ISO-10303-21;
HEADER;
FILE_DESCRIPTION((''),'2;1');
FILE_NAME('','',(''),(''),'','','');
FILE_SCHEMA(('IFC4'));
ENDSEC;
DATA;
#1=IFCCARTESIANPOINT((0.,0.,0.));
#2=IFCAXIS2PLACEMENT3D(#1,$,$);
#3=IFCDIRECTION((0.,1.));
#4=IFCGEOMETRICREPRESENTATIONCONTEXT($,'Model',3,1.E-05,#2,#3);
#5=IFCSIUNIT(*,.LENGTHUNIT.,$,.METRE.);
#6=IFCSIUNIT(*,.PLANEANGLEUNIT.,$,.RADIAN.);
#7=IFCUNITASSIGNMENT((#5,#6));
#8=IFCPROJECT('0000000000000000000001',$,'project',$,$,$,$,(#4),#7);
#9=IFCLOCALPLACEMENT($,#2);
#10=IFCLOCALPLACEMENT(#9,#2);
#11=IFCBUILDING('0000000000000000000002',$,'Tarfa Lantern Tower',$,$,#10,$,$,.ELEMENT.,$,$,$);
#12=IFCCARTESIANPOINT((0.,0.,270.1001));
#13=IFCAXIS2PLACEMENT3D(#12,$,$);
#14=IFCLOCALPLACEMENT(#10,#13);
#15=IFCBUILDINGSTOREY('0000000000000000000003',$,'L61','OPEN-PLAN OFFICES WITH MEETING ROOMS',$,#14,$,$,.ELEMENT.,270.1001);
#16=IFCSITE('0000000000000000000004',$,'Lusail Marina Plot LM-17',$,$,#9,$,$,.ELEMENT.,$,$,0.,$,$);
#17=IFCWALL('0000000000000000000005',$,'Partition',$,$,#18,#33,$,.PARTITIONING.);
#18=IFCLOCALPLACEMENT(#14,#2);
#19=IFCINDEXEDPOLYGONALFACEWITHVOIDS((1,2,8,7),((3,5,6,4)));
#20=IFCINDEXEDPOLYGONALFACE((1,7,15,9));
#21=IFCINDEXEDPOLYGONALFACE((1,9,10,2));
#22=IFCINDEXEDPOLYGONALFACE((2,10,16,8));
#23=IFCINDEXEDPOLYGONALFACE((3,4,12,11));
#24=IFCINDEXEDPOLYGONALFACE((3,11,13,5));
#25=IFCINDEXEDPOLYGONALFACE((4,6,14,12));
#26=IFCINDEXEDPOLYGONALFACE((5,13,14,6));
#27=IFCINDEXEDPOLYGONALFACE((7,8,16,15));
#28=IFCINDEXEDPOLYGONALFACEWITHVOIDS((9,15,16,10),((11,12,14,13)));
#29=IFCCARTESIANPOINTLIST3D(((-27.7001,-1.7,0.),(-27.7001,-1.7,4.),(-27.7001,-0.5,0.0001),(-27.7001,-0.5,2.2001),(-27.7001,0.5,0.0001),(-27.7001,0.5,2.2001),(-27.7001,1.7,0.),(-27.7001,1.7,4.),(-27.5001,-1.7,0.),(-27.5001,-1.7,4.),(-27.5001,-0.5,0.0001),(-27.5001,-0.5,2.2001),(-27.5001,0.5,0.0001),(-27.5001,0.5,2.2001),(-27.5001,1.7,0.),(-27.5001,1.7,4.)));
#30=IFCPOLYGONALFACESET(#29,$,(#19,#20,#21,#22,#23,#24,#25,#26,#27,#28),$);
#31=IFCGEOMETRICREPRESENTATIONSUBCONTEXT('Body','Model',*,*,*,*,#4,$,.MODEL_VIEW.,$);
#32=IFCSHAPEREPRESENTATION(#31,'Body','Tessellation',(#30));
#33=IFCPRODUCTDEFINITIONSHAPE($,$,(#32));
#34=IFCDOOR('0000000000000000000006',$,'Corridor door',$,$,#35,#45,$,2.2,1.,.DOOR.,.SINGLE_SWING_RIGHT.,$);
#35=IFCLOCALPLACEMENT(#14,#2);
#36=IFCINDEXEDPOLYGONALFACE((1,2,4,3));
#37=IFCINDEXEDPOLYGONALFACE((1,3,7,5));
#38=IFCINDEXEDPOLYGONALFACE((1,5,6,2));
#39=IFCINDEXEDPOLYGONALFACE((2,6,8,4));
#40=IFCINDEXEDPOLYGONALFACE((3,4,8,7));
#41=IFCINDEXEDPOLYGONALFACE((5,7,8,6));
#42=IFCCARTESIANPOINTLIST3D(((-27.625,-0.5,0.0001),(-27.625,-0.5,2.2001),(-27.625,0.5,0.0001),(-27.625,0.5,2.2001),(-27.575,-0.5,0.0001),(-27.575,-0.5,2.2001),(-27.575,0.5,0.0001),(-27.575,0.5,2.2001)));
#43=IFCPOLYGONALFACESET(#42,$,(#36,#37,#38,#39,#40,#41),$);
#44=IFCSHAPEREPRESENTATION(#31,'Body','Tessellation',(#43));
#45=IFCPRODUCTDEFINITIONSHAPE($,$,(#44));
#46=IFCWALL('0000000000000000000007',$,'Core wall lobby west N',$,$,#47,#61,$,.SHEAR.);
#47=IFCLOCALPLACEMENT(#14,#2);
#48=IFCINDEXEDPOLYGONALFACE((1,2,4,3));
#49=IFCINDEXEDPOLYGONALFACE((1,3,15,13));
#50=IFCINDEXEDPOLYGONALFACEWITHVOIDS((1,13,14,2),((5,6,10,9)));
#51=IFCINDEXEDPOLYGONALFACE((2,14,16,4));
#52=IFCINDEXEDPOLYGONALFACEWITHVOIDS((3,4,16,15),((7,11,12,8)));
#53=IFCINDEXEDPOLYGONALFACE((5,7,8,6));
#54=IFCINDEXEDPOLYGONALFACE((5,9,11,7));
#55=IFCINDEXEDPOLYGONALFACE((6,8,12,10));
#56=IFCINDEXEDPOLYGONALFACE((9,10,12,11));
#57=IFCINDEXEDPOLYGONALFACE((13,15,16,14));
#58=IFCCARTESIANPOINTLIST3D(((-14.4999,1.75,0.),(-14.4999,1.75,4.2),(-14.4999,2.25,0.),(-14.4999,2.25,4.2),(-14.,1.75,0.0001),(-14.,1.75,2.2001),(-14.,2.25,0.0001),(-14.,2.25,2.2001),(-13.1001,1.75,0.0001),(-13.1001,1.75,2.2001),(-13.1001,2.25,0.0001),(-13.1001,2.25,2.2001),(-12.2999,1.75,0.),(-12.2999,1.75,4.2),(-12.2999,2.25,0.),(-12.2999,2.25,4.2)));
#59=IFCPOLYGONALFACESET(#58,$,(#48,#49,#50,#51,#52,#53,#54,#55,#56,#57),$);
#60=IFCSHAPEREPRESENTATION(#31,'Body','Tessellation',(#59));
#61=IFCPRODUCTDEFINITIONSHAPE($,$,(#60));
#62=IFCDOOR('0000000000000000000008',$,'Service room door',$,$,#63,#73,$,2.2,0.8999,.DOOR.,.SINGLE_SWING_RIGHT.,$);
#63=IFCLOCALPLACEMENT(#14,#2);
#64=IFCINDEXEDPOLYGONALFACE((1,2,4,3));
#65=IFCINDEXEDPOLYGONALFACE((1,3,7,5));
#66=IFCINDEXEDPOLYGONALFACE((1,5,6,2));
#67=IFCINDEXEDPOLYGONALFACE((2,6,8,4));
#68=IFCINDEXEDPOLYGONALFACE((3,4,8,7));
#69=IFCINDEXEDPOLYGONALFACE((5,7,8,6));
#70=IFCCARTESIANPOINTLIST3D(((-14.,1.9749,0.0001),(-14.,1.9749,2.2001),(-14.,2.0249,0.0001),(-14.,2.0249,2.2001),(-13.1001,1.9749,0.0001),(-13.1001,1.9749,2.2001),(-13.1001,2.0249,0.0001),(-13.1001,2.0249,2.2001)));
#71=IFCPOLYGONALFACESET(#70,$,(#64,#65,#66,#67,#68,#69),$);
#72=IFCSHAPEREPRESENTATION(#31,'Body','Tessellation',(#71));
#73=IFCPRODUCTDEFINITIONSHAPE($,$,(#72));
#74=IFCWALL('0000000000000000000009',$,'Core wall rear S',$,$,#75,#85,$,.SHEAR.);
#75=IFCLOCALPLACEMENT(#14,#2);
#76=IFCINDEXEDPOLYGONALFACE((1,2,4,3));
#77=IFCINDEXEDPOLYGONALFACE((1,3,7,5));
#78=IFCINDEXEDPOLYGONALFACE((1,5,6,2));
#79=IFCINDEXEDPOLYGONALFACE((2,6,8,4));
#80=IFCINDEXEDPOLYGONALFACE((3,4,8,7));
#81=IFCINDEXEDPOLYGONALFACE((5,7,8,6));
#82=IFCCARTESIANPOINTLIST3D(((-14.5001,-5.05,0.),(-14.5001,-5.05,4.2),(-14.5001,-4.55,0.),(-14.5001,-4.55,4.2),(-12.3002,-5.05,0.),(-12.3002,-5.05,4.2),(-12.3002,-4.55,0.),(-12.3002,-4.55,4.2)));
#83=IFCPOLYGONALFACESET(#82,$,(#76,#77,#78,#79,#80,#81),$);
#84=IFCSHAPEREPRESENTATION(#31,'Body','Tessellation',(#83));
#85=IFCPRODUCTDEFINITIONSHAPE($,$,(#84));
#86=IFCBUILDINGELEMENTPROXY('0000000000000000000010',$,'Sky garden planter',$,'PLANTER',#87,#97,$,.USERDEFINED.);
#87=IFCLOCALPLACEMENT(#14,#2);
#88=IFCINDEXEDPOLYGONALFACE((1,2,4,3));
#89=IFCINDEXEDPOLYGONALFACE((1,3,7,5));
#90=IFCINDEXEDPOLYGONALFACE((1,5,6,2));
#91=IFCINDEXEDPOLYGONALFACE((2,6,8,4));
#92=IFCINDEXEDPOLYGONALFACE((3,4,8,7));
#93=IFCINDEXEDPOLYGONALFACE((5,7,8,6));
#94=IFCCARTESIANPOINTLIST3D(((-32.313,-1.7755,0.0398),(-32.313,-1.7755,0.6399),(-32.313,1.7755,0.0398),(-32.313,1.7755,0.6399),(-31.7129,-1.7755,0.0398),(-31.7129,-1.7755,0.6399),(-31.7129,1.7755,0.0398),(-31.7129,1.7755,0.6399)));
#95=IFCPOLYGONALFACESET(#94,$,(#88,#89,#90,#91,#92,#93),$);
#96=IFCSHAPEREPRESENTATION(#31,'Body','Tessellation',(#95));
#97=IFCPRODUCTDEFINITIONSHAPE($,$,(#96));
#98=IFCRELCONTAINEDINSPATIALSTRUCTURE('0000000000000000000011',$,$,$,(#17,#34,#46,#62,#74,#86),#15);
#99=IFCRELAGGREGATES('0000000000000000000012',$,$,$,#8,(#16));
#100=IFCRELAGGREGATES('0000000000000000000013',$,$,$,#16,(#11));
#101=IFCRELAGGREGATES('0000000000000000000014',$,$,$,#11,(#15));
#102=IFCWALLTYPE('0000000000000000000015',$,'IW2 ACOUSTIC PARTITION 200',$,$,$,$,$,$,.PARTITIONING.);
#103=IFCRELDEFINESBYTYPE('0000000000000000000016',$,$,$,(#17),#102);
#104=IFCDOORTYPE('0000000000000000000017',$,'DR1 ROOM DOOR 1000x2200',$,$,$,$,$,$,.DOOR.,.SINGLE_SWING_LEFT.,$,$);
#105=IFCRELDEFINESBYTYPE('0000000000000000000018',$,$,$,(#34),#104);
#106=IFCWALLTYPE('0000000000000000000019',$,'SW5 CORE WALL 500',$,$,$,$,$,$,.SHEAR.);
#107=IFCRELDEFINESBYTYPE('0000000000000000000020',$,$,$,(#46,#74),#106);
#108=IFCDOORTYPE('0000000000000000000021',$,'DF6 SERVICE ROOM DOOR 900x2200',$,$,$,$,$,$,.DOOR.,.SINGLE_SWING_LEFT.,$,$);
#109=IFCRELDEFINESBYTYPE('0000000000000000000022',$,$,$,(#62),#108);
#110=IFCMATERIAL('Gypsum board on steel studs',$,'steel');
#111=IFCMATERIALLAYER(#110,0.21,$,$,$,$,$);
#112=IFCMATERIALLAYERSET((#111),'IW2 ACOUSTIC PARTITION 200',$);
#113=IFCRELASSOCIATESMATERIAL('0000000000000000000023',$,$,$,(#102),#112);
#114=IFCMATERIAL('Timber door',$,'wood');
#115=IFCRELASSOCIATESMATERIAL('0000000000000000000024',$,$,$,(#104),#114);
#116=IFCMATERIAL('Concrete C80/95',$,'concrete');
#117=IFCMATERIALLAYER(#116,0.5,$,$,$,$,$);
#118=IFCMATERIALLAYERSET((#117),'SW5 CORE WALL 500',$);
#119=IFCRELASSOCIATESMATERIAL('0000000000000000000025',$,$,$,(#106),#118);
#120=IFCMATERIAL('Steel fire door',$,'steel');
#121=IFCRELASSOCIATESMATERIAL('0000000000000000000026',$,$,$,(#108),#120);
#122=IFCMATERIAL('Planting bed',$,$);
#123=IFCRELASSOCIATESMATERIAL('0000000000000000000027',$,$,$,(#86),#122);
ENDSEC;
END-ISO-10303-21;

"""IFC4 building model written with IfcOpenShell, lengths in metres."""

from ifc_helpers import new_model, si_unit, direction, frame, frame_2d, origin, origin_2d, place, context, subcontext, project, spatial, rectangle, extrude, material, layer, layer_set, type_object, element, fill, save


model = new_model("IFC4")

# Units and contexts
model_context = context("Model", 3, precision=1e-05, world=origin(), true_north=direction((0.0, 1.0)))
body_context = subcontext(model_context, "Body", "Model", "MODEL_VIEW")
ifc_project = project(units=[si_unit("LENGTHUNIT", "METRE"), si_unit("PLANEANGLEUNIT", "RADIAN")], contexts=[model_context])

# Site, building, storey
site_placement = place(None, origin())
site = spatial("IfcSite", under=ifc_project, at=site_placement, Name="Lusail Marina Plot LM-17", CompositionType="ELEMENT", RefElevation=0.0)
building_placement = place(site_placement, origin())
building = spatial("IfcBuilding", under=site, at=building_placement, Name="Tarfa Lantern Tower", CompositionType="ELEMENT")
storey_placement = place(building_placement, frame((0.0, 0.0, 270.1001)))
storey = spatial("IfcBuildingStorey", under=building, at=storey_placement, Name="L61", Description="OPEN-PLAN OFFICES WITH MEETING ROOMS", CompositionType="ELEMENT", Elevation=270.1001)

# Shared definitions
ifc_material_1 = material(Name="Concrete C80/95", Category="concrete")

# Walls, openings, doors
ifc_material_2 = material(Name="Gypsum board on steel studs", Category="steel")
ifc_layer_1 = layer(ifc_material_2, 0.21)
ifc_layer_set_1 = layer_set([ifc_layer_1], Name="IW2 ACOUSTIC PARTITION 200")
wall_type_1 = type_object("IfcWallType", Name="IW2 ACOUSTIC PARTITION 200", PredefinedType="PARTITIONING", material=ifc_layer_set_1)
ifc_material_3 = material(Name="Timber door", Category="wood")
door_type_1 = type_object("IfcDoorType", Name="DR1 ROOM DOOR 1000x2200", OperationType="SINGLE_SWING_LEFT", PredefinedType="DOOR", material=ifc_material_3)
wall_1_placement = place(storey_placement, frame((-27.6001, -1.7, 0.0), z_axis=(0.0, 0.0, 1.0), x_axis=(0.0, 1.0, 0.0)))
wall_1 = element("IfcWall", 1, at=wall_1_placement, inside=storey, type_object=wall_type_1, Name="Partition", PredefinedType="PARTITIONING", context=body_context, shape_type="SweptSolid", body=[
    extrude(rectangle(XDim=3.3999, YDim=0.2, at=frame_2d((1.7, 0.0))), origin(), (0.0, 0.0, 1.0), 4.0),
])
opening_1_placement = place(wall_1_placement, frame((1.2, 0.0, 0.0)))
opening_1 = element("IfcOpeningElement", 2, at=opening_1_placement, cuts=wall_1, PredefinedType="OPENING", context=body_context, shape_type="SweptSolid", body=[
    extrude(rectangle(XDim=1.0, YDim=2.2, at=frame_2d((0.5, 1.1001))), frame((0.0, 0.1099, 0.0), z_axis=(0.0, -1.0, 0.0), x_axis=(1.0, 0.0, 0.0)), (0.0, 0.0, 1.0), 0.22),
])
door_1_placement = place(opening_1_placement, origin())
door_1 = element("IfcDoor", 3, at=door_1_placement, inside=storey, type_object=door_type_1, Name="Corridor door", OperationType="SINGLE_SWING_RIGHT", OverallHeight=2.2, OverallWidth=1.0, PredefinedType="DOOR", context=body_context, shape_type="SweptSolid", body=[
    extrude(rectangle(XDim=1.0, YDim=2.2, at=frame_2d((0.5, 1.1001))), frame((0.0, 0.0249, 0.0), z_axis=(0.0, -1.0, 0.0), x_axis=(1.0, 0.0, 0.0)), (0.0, 0.0, 1.0), 0.05),
])
fill(opening_1, door_1)
ifc_layer_2 = layer(ifc_material_1, 0.5)
ifc_layer_set_2 = layer_set([ifc_layer_2], Name="SW5 CORE WALL 500")
wall_type_2 = type_object("IfcWallType", Name="SW5 CORE WALL 500", PredefinedType="SHEAR", material=ifc_layer_set_2)
wall_2_placement = place(storey_placement, frame((-14.5, 2.0, 0.0), z_axis=(0.0, 0.0, 1.0), x_axis=(1.0, 0.0, 0.0)))
wall_2 = element("IfcWall", 4, at=wall_2_placement, inside=storey, type_object=wall_type_2, Name="Core wall lobby west N", PredefinedType="SHEAR", context=body_context, shape_type="SweptSolid", body=[
    extrude(rectangle(XDim=2.2, YDim=0.5, at=frame_2d((1.1001, 0.0))), origin(), (0.0, 0.0, 1.0), 4.2),
])
opening_2_placement = place(wall_2_placement, frame((0.5, 0.0, 0.0)))
opening_2 = element("IfcOpeningElement", 5, at=opening_2_placement, cuts=wall_2, PredefinedType="OPENING", context=body_context, shape_type="SweptSolid", body=[
    extrude(rectangle(XDim=0.8999, YDim=2.2, at=frame_2d((0.45, 1.1001))), frame((0.0, 0.26, 0.0), z_axis=(0.0, -1.0, 0.0), x_axis=(1.0, 0.0, 0.0)), (0.0, 0.0, 1.0), 0.52),
])
ifc_material_4 = material(Name="Steel fire door", Category="steel")
door_type_2 = type_object("IfcDoorType", Name="DF6 SERVICE ROOM DOOR 900x2200", OperationType="SINGLE_SWING_LEFT", PredefinedType="DOOR", material=ifc_material_4)
door_2_placement = place(opening_2_placement, origin())
door_2 = element("IfcDoor", 6, at=door_2_placement, inside=storey, type_object=door_type_2, Name="Service room door", OperationType="SINGLE_SWING_RIGHT", OverallHeight=2.2, OverallWidth=0.8999, PredefinedType="DOOR", context=body_context, shape_type="SweptSolid", body=[
    extrude(rectangle(XDim=0.8999, YDim=2.2, at=frame_2d((0.45, 1.1001))), frame((0.0, 0.0249, 0.0), z_axis=(0.0, -1.0, 0.0), x_axis=(1.0, 0.0, 0.0)), (0.0, 0.0, 1.0), 0.05),
])
fill(opening_2, door_2)

# Wall
wall_3_placement = place(storey_placement, frame((-12.3, -4.8, 0.0), z_axis=(0.0, 0.0, 1.0), x_axis=(-1.0, 0.0, 0.0)))
element("IfcWall", 7, at=wall_3_placement, inside=storey, type_object=wall_type_2, Name="Core wall rear S", PredefinedType="SHEAR", context=body_context, shape_type="SweptSolid", body=[
    extrude(rectangle(XDim=2.2, YDim=0.5, at=frame_2d((1.1001, 0.0))), origin(), (0.0, 0.0, 1.0), 4.2),
])

# Building element proxy
ifc_material_5 = material(Name="Planting bed")
proxy_placement = place(storey_placement, frame((-32.0129, 0.0, 0.0398), z_axis=(0.0, 0.0, 1.0), x_axis=(0.0, -1.0, 0.0)))
element("IfcBuildingElementProxy", 8, at=proxy_placement, inside=storey, material=ifc_material_5, Name="Sky garden planter", ObjectType="PLANTER", PredefinedType="USERDEFINED", context=body_context, shape_type="SweptSolid", body=[
    extrude(rectangle(XDim=3.551, YDim=0.6001, at=origin_2d()), origin(), (0.0, 0.0, 1.0), 0.6001),
])

save(model, "model.ifc")
